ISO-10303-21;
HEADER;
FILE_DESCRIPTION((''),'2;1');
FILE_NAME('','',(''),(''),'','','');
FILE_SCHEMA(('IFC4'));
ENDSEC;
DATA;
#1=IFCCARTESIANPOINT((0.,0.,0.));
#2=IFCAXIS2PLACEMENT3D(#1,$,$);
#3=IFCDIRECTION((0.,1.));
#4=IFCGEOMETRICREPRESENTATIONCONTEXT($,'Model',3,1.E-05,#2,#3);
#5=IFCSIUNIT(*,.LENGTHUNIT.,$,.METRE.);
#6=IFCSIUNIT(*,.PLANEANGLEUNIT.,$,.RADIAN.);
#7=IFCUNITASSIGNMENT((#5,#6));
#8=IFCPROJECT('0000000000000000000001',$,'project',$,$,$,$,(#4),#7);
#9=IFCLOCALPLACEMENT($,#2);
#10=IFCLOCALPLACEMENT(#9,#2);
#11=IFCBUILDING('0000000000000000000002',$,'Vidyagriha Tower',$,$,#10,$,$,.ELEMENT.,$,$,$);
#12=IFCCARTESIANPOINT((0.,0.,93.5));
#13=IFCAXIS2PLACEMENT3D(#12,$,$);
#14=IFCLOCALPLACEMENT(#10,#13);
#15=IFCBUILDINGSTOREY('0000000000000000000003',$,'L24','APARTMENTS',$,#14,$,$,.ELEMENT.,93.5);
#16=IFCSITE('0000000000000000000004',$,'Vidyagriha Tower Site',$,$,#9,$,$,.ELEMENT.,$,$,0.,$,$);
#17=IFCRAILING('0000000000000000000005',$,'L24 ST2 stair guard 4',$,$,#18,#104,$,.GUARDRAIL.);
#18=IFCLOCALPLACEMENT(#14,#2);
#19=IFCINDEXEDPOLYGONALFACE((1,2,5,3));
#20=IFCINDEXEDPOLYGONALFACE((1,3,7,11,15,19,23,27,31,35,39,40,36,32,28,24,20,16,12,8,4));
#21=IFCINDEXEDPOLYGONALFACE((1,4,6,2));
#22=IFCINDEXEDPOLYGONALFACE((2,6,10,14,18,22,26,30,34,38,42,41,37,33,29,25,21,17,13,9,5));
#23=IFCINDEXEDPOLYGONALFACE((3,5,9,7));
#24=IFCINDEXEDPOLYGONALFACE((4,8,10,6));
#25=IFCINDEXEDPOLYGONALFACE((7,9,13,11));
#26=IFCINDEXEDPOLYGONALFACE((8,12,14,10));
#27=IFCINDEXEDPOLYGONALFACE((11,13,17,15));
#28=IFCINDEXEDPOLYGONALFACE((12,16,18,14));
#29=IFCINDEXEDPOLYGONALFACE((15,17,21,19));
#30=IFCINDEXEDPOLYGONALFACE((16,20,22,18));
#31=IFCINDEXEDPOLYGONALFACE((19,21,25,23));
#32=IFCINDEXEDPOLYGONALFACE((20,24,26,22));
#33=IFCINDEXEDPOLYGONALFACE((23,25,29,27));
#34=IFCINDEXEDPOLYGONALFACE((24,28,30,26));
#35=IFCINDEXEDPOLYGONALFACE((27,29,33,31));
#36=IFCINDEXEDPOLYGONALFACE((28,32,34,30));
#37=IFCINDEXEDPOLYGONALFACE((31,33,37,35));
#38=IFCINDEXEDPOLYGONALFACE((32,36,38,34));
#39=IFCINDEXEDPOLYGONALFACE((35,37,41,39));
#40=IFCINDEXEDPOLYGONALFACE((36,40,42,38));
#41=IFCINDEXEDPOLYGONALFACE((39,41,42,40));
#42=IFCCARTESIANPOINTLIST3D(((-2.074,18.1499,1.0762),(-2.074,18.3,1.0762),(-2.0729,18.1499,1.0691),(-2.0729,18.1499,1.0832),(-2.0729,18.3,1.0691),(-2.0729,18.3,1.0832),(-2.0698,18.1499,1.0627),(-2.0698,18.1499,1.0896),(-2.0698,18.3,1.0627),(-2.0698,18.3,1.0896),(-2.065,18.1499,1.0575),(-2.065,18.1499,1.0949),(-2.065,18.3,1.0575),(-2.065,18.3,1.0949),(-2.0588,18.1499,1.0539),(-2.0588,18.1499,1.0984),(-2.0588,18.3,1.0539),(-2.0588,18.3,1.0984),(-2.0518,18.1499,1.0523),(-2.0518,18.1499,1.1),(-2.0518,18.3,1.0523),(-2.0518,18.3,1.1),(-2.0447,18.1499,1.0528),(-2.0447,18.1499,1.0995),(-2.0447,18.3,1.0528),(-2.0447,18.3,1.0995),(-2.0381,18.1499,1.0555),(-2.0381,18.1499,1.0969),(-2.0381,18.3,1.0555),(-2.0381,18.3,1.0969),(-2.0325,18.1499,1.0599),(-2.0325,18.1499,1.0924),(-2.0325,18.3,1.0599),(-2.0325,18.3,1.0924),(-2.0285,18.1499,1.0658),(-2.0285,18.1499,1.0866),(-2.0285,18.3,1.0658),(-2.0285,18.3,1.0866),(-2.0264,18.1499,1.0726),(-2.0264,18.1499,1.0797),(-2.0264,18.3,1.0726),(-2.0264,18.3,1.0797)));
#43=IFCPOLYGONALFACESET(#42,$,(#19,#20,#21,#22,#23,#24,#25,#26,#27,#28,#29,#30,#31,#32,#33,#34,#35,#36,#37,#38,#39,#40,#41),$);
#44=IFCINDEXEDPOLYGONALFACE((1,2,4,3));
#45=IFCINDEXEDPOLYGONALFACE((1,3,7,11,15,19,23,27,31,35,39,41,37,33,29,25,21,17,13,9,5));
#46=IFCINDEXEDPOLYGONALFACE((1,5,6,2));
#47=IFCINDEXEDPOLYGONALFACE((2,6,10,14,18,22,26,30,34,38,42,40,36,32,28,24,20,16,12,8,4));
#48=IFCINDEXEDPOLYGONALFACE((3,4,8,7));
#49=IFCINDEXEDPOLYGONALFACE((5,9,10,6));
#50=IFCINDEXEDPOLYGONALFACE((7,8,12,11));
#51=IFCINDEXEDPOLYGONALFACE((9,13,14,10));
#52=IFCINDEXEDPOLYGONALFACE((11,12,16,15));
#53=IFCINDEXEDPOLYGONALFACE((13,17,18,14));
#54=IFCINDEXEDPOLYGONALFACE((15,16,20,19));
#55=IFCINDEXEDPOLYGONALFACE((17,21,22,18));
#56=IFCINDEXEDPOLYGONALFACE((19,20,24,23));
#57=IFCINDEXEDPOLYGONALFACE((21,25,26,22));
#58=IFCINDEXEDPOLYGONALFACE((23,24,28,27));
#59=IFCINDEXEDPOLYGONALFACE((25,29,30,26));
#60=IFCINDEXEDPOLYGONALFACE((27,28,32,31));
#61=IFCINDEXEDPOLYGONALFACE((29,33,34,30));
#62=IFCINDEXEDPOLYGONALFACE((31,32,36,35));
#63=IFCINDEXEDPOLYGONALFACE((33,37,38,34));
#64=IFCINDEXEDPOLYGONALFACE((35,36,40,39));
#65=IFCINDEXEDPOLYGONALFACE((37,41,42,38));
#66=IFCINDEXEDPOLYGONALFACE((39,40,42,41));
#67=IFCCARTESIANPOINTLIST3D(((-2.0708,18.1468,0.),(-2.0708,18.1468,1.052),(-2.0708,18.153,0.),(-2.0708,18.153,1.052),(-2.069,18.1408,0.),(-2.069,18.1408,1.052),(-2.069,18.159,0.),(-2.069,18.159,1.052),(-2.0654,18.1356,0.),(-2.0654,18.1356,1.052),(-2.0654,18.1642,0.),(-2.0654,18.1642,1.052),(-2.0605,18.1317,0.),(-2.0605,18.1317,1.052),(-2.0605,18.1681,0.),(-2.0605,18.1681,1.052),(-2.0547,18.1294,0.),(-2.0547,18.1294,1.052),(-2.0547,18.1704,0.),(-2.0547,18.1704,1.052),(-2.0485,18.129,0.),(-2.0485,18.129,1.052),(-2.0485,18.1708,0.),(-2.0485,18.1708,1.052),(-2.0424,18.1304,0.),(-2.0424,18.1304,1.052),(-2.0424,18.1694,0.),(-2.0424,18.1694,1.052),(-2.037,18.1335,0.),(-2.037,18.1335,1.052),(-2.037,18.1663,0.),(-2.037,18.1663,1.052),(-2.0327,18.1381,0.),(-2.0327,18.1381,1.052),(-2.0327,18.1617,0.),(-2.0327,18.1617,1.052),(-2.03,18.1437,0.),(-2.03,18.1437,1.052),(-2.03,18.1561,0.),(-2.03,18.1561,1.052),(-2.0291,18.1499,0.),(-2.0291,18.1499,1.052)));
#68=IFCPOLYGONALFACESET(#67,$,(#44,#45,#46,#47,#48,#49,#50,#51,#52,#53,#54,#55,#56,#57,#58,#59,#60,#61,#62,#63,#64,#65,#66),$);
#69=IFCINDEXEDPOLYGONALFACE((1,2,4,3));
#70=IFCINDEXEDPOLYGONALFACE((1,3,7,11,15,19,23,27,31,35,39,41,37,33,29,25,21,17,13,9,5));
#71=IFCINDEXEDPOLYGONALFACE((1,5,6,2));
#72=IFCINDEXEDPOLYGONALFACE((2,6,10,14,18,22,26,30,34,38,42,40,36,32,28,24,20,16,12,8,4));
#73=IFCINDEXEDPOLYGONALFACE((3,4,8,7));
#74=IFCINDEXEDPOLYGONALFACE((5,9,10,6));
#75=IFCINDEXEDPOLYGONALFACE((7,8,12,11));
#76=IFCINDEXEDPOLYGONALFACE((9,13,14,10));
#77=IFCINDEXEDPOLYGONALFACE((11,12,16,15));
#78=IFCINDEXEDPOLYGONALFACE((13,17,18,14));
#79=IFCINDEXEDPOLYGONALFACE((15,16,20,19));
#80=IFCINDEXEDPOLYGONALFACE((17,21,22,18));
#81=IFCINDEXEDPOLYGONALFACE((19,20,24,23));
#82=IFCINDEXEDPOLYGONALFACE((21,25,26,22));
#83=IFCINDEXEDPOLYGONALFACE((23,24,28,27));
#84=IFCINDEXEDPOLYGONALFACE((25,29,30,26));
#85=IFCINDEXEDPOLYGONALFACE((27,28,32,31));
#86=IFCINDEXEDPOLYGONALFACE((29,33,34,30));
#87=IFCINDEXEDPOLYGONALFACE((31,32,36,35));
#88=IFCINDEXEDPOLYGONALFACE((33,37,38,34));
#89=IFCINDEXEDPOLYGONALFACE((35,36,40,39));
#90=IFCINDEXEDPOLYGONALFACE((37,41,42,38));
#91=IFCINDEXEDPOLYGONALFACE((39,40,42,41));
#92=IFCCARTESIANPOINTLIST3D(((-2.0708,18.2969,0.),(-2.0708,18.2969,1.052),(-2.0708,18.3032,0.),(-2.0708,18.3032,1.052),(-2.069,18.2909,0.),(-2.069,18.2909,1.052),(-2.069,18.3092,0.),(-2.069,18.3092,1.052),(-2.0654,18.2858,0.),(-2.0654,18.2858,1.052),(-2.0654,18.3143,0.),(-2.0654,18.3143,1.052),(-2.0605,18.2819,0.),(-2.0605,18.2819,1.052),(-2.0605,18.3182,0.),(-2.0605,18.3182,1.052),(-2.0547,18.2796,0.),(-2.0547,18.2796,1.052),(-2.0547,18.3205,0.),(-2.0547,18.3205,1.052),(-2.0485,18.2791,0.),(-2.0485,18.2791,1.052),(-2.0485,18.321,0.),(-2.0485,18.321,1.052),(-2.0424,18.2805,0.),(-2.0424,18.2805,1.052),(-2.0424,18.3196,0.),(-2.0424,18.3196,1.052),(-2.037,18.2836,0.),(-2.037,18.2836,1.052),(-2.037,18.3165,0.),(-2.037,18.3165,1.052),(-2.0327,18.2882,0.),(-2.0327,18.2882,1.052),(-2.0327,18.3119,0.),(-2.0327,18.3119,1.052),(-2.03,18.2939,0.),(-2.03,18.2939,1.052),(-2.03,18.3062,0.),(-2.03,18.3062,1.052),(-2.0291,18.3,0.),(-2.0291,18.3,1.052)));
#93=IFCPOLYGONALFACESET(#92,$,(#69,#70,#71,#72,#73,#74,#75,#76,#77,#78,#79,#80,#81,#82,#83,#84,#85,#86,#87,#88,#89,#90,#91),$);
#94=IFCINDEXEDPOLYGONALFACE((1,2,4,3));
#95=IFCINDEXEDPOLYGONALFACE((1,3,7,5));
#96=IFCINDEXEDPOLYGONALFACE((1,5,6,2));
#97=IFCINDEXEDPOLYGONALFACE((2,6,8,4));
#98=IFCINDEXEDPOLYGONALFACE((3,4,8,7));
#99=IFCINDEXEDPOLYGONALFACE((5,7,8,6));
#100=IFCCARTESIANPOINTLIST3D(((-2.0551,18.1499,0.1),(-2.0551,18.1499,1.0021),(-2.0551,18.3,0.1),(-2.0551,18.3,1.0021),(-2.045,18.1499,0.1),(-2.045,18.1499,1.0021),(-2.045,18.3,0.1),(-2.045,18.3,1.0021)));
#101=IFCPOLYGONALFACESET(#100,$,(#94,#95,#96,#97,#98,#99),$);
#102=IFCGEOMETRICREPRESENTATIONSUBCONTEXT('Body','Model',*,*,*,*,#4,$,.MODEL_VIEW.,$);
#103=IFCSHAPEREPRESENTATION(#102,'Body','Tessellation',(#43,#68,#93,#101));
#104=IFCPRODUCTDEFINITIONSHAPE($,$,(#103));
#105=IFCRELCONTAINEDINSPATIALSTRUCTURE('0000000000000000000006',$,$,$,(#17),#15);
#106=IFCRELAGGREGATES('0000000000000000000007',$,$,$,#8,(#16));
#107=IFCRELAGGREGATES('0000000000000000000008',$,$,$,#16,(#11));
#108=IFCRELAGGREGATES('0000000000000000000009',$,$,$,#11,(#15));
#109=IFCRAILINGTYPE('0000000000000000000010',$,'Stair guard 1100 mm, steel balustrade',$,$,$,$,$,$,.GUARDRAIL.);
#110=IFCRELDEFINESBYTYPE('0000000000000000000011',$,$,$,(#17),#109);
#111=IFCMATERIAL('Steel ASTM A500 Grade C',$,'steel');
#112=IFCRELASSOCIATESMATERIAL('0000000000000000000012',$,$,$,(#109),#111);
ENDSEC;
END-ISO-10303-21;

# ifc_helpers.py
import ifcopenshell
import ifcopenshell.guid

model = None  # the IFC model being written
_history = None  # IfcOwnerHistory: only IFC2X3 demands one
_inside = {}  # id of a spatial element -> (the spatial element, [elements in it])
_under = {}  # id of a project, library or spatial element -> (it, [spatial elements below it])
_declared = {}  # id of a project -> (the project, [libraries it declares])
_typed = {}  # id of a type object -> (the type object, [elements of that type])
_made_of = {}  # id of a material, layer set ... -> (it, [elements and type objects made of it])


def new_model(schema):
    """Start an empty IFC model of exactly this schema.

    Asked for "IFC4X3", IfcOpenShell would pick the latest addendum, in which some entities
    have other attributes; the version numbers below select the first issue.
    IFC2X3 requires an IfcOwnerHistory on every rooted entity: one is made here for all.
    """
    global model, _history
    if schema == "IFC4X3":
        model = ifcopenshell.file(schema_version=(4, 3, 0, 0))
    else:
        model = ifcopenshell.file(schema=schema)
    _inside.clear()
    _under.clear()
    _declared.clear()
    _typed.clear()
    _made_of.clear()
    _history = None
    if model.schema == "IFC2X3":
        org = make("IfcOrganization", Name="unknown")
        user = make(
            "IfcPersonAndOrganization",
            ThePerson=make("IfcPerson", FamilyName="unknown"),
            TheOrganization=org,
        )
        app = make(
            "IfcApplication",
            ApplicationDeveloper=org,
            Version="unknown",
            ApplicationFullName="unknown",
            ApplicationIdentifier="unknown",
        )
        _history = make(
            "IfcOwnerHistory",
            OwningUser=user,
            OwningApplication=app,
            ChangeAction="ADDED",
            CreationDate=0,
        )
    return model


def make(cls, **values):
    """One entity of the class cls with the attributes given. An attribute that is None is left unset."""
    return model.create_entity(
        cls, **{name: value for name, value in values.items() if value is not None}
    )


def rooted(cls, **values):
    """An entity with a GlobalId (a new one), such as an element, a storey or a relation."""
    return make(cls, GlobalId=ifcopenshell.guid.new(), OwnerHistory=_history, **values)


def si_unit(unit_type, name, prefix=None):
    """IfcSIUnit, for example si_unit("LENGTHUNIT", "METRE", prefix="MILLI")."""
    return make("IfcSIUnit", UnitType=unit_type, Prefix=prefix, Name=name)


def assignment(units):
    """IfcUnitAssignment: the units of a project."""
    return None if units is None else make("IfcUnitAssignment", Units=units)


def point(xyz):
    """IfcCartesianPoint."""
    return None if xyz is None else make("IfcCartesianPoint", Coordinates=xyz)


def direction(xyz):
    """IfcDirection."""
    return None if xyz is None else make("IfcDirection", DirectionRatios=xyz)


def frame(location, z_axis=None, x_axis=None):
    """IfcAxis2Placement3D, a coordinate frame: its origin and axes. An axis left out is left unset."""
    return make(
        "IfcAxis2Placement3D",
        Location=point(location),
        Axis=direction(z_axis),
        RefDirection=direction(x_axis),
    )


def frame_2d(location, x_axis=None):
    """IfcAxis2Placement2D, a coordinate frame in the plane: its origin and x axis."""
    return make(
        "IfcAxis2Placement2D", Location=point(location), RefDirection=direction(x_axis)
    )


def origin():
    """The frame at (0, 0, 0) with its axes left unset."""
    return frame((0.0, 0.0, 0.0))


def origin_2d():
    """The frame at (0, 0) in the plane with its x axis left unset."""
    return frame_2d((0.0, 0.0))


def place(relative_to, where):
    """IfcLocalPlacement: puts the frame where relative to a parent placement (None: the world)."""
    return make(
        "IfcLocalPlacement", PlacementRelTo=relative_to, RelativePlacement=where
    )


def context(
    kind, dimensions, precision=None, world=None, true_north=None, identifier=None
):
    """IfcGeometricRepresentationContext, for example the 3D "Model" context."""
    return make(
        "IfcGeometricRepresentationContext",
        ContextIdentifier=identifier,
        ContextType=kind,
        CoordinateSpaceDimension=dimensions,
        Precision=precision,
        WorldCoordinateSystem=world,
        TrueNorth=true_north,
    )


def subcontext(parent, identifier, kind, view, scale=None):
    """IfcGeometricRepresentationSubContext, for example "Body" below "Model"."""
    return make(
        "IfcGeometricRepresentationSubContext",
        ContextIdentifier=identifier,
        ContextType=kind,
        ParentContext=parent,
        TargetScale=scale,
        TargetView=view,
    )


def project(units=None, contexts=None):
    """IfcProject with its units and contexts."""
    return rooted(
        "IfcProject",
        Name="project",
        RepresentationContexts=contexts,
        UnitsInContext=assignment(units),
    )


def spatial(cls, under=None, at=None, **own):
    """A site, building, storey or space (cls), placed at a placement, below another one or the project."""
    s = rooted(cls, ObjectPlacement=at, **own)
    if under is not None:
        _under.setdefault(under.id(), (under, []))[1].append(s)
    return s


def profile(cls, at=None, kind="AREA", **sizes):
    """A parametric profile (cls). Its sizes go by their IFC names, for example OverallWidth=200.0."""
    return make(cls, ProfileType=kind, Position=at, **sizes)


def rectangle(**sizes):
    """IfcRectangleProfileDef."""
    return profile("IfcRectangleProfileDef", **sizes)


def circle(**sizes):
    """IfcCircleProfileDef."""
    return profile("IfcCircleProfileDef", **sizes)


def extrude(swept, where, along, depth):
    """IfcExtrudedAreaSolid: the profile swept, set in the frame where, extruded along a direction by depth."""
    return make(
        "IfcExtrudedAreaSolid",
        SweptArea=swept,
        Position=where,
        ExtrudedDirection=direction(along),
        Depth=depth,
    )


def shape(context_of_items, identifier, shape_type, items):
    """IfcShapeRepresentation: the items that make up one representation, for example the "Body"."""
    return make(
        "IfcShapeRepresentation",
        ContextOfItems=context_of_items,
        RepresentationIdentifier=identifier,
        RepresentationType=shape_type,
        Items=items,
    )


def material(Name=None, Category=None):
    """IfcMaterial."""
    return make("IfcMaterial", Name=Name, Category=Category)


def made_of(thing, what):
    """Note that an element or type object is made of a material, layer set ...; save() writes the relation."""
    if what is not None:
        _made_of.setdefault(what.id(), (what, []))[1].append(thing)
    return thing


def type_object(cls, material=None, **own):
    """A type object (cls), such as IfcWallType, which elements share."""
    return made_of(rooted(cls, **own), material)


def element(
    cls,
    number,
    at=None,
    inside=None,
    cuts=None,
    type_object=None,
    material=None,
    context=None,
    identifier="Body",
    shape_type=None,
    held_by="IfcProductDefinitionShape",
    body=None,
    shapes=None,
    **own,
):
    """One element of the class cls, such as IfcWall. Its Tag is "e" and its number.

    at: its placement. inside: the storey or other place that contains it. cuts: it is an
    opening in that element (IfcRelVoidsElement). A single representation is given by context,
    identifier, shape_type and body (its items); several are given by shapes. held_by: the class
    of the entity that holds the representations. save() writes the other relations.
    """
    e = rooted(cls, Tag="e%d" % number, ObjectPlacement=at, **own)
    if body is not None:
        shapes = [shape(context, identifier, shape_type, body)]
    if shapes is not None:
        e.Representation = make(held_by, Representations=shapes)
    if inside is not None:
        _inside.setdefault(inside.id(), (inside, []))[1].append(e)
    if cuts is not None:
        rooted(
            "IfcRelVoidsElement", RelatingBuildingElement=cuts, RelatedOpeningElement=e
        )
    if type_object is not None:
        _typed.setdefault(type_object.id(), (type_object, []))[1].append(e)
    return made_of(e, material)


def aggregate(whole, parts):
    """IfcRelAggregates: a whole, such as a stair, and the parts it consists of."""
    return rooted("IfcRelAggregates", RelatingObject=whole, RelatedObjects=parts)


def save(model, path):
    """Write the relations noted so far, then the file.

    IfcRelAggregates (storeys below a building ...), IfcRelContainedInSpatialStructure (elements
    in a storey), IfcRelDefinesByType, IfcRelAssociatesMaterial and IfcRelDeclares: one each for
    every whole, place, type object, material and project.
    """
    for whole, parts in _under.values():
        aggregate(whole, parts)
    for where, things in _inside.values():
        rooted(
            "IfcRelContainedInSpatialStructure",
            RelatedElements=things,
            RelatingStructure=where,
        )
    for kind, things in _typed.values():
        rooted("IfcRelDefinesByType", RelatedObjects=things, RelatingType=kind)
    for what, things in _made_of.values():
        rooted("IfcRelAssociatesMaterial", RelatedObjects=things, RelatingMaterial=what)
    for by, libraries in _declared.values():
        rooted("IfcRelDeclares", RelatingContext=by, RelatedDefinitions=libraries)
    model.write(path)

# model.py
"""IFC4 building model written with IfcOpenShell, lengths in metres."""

from ifc_helpers import new_model, si_unit, direction, frame, origin, origin_2d, place, context, subcontext, project, spatial, rectangle, circle, extrude, material, type_object, element, save


model = new_model("IFC4")

# Units and contexts
model_context = context("Model", 3, precision=1e-05, world=origin(), true_north=direction((0.0, 1.0)))
body_context = subcontext(model_context, "Body", "Model", "MODEL_VIEW")
ifc_project = project(units=[si_unit("LENGTHUNIT", "METRE"), si_unit("PLANEANGLEUNIT", "RADIAN")], contexts=[model_context])

# Site, building, storey
site_placement = place(None, origin())
site = spatial("IfcSite", under=ifc_project, at=site_placement, Name="Vidyagriha Tower Site", CompositionType="ELEMENT", RefElevation=0.0)
building_placement = place(site_placement, origin())
building = spatial("IfcBuilding", under=site, at=building_placement, Name="Vidyagriha Tower", CompositionType="ELEMENT")
storey_placement = place(building_placement, frame((0.0, 0.0, 93.5)))
storey = spatial("IfcBuildingStorey", under=building, at=storey_placement, Name="L24", Description="APARTMENTS", CompositionType="ELEMENT", Elevation=93.5)

# Railing
ifc_material_1 = material(Name="Steel ASTM A500 Grade C", Category="steel")
railing_type_1 = type_object("IfcRailingType", Name="Stair guard 1100 mm, steel balustrade", PredefinedType="GUARDRAIL", material=ifc_material_1)
railing_1_placement = place(storey_placement, frame((-2.05, 18.1499, 0.0)))
element("IfcRailing", 1, at=railing_1_placement, inside=storey, type_object=railing_type_1, Name="L24 ST2 stair guard 4", PredefinedType="GUARDRAIL", context=body_context, shape_type="SweptSolid", body=[
    extrude(circle(Radius=0.0239, at=origin_2d()), frame((0.0, 0.0, 1.0762), z_axis=(0.0, 1.0, 0.0), x_axis=(-1.0, 0.0, 0.0)), (0.0, 0.0, 1.0), 0.1501),
    extrude(circle(Radius=0.021, at=origin_2d()), origin(), (0.0, 0.0, 1.0), 1.052),
    extrude(circle(Radius=0.021, at=origin_2d()), frame((0.0, 0.1501, 0.0)), (0.0, 0.0, 1.0), 1.052),
    extrude(rectangle(XDim=0.01, YDim=0.9021, at=origin_2d()), frame((0.0, 0.0, 0.551), z_axis=(0.0, 1.0, 0.0), x_axis=(-1.0, 0.0, 0.0)), (0.0, 0.0, 1.0), 0.1501),
])

save(model, "model.ifc")
